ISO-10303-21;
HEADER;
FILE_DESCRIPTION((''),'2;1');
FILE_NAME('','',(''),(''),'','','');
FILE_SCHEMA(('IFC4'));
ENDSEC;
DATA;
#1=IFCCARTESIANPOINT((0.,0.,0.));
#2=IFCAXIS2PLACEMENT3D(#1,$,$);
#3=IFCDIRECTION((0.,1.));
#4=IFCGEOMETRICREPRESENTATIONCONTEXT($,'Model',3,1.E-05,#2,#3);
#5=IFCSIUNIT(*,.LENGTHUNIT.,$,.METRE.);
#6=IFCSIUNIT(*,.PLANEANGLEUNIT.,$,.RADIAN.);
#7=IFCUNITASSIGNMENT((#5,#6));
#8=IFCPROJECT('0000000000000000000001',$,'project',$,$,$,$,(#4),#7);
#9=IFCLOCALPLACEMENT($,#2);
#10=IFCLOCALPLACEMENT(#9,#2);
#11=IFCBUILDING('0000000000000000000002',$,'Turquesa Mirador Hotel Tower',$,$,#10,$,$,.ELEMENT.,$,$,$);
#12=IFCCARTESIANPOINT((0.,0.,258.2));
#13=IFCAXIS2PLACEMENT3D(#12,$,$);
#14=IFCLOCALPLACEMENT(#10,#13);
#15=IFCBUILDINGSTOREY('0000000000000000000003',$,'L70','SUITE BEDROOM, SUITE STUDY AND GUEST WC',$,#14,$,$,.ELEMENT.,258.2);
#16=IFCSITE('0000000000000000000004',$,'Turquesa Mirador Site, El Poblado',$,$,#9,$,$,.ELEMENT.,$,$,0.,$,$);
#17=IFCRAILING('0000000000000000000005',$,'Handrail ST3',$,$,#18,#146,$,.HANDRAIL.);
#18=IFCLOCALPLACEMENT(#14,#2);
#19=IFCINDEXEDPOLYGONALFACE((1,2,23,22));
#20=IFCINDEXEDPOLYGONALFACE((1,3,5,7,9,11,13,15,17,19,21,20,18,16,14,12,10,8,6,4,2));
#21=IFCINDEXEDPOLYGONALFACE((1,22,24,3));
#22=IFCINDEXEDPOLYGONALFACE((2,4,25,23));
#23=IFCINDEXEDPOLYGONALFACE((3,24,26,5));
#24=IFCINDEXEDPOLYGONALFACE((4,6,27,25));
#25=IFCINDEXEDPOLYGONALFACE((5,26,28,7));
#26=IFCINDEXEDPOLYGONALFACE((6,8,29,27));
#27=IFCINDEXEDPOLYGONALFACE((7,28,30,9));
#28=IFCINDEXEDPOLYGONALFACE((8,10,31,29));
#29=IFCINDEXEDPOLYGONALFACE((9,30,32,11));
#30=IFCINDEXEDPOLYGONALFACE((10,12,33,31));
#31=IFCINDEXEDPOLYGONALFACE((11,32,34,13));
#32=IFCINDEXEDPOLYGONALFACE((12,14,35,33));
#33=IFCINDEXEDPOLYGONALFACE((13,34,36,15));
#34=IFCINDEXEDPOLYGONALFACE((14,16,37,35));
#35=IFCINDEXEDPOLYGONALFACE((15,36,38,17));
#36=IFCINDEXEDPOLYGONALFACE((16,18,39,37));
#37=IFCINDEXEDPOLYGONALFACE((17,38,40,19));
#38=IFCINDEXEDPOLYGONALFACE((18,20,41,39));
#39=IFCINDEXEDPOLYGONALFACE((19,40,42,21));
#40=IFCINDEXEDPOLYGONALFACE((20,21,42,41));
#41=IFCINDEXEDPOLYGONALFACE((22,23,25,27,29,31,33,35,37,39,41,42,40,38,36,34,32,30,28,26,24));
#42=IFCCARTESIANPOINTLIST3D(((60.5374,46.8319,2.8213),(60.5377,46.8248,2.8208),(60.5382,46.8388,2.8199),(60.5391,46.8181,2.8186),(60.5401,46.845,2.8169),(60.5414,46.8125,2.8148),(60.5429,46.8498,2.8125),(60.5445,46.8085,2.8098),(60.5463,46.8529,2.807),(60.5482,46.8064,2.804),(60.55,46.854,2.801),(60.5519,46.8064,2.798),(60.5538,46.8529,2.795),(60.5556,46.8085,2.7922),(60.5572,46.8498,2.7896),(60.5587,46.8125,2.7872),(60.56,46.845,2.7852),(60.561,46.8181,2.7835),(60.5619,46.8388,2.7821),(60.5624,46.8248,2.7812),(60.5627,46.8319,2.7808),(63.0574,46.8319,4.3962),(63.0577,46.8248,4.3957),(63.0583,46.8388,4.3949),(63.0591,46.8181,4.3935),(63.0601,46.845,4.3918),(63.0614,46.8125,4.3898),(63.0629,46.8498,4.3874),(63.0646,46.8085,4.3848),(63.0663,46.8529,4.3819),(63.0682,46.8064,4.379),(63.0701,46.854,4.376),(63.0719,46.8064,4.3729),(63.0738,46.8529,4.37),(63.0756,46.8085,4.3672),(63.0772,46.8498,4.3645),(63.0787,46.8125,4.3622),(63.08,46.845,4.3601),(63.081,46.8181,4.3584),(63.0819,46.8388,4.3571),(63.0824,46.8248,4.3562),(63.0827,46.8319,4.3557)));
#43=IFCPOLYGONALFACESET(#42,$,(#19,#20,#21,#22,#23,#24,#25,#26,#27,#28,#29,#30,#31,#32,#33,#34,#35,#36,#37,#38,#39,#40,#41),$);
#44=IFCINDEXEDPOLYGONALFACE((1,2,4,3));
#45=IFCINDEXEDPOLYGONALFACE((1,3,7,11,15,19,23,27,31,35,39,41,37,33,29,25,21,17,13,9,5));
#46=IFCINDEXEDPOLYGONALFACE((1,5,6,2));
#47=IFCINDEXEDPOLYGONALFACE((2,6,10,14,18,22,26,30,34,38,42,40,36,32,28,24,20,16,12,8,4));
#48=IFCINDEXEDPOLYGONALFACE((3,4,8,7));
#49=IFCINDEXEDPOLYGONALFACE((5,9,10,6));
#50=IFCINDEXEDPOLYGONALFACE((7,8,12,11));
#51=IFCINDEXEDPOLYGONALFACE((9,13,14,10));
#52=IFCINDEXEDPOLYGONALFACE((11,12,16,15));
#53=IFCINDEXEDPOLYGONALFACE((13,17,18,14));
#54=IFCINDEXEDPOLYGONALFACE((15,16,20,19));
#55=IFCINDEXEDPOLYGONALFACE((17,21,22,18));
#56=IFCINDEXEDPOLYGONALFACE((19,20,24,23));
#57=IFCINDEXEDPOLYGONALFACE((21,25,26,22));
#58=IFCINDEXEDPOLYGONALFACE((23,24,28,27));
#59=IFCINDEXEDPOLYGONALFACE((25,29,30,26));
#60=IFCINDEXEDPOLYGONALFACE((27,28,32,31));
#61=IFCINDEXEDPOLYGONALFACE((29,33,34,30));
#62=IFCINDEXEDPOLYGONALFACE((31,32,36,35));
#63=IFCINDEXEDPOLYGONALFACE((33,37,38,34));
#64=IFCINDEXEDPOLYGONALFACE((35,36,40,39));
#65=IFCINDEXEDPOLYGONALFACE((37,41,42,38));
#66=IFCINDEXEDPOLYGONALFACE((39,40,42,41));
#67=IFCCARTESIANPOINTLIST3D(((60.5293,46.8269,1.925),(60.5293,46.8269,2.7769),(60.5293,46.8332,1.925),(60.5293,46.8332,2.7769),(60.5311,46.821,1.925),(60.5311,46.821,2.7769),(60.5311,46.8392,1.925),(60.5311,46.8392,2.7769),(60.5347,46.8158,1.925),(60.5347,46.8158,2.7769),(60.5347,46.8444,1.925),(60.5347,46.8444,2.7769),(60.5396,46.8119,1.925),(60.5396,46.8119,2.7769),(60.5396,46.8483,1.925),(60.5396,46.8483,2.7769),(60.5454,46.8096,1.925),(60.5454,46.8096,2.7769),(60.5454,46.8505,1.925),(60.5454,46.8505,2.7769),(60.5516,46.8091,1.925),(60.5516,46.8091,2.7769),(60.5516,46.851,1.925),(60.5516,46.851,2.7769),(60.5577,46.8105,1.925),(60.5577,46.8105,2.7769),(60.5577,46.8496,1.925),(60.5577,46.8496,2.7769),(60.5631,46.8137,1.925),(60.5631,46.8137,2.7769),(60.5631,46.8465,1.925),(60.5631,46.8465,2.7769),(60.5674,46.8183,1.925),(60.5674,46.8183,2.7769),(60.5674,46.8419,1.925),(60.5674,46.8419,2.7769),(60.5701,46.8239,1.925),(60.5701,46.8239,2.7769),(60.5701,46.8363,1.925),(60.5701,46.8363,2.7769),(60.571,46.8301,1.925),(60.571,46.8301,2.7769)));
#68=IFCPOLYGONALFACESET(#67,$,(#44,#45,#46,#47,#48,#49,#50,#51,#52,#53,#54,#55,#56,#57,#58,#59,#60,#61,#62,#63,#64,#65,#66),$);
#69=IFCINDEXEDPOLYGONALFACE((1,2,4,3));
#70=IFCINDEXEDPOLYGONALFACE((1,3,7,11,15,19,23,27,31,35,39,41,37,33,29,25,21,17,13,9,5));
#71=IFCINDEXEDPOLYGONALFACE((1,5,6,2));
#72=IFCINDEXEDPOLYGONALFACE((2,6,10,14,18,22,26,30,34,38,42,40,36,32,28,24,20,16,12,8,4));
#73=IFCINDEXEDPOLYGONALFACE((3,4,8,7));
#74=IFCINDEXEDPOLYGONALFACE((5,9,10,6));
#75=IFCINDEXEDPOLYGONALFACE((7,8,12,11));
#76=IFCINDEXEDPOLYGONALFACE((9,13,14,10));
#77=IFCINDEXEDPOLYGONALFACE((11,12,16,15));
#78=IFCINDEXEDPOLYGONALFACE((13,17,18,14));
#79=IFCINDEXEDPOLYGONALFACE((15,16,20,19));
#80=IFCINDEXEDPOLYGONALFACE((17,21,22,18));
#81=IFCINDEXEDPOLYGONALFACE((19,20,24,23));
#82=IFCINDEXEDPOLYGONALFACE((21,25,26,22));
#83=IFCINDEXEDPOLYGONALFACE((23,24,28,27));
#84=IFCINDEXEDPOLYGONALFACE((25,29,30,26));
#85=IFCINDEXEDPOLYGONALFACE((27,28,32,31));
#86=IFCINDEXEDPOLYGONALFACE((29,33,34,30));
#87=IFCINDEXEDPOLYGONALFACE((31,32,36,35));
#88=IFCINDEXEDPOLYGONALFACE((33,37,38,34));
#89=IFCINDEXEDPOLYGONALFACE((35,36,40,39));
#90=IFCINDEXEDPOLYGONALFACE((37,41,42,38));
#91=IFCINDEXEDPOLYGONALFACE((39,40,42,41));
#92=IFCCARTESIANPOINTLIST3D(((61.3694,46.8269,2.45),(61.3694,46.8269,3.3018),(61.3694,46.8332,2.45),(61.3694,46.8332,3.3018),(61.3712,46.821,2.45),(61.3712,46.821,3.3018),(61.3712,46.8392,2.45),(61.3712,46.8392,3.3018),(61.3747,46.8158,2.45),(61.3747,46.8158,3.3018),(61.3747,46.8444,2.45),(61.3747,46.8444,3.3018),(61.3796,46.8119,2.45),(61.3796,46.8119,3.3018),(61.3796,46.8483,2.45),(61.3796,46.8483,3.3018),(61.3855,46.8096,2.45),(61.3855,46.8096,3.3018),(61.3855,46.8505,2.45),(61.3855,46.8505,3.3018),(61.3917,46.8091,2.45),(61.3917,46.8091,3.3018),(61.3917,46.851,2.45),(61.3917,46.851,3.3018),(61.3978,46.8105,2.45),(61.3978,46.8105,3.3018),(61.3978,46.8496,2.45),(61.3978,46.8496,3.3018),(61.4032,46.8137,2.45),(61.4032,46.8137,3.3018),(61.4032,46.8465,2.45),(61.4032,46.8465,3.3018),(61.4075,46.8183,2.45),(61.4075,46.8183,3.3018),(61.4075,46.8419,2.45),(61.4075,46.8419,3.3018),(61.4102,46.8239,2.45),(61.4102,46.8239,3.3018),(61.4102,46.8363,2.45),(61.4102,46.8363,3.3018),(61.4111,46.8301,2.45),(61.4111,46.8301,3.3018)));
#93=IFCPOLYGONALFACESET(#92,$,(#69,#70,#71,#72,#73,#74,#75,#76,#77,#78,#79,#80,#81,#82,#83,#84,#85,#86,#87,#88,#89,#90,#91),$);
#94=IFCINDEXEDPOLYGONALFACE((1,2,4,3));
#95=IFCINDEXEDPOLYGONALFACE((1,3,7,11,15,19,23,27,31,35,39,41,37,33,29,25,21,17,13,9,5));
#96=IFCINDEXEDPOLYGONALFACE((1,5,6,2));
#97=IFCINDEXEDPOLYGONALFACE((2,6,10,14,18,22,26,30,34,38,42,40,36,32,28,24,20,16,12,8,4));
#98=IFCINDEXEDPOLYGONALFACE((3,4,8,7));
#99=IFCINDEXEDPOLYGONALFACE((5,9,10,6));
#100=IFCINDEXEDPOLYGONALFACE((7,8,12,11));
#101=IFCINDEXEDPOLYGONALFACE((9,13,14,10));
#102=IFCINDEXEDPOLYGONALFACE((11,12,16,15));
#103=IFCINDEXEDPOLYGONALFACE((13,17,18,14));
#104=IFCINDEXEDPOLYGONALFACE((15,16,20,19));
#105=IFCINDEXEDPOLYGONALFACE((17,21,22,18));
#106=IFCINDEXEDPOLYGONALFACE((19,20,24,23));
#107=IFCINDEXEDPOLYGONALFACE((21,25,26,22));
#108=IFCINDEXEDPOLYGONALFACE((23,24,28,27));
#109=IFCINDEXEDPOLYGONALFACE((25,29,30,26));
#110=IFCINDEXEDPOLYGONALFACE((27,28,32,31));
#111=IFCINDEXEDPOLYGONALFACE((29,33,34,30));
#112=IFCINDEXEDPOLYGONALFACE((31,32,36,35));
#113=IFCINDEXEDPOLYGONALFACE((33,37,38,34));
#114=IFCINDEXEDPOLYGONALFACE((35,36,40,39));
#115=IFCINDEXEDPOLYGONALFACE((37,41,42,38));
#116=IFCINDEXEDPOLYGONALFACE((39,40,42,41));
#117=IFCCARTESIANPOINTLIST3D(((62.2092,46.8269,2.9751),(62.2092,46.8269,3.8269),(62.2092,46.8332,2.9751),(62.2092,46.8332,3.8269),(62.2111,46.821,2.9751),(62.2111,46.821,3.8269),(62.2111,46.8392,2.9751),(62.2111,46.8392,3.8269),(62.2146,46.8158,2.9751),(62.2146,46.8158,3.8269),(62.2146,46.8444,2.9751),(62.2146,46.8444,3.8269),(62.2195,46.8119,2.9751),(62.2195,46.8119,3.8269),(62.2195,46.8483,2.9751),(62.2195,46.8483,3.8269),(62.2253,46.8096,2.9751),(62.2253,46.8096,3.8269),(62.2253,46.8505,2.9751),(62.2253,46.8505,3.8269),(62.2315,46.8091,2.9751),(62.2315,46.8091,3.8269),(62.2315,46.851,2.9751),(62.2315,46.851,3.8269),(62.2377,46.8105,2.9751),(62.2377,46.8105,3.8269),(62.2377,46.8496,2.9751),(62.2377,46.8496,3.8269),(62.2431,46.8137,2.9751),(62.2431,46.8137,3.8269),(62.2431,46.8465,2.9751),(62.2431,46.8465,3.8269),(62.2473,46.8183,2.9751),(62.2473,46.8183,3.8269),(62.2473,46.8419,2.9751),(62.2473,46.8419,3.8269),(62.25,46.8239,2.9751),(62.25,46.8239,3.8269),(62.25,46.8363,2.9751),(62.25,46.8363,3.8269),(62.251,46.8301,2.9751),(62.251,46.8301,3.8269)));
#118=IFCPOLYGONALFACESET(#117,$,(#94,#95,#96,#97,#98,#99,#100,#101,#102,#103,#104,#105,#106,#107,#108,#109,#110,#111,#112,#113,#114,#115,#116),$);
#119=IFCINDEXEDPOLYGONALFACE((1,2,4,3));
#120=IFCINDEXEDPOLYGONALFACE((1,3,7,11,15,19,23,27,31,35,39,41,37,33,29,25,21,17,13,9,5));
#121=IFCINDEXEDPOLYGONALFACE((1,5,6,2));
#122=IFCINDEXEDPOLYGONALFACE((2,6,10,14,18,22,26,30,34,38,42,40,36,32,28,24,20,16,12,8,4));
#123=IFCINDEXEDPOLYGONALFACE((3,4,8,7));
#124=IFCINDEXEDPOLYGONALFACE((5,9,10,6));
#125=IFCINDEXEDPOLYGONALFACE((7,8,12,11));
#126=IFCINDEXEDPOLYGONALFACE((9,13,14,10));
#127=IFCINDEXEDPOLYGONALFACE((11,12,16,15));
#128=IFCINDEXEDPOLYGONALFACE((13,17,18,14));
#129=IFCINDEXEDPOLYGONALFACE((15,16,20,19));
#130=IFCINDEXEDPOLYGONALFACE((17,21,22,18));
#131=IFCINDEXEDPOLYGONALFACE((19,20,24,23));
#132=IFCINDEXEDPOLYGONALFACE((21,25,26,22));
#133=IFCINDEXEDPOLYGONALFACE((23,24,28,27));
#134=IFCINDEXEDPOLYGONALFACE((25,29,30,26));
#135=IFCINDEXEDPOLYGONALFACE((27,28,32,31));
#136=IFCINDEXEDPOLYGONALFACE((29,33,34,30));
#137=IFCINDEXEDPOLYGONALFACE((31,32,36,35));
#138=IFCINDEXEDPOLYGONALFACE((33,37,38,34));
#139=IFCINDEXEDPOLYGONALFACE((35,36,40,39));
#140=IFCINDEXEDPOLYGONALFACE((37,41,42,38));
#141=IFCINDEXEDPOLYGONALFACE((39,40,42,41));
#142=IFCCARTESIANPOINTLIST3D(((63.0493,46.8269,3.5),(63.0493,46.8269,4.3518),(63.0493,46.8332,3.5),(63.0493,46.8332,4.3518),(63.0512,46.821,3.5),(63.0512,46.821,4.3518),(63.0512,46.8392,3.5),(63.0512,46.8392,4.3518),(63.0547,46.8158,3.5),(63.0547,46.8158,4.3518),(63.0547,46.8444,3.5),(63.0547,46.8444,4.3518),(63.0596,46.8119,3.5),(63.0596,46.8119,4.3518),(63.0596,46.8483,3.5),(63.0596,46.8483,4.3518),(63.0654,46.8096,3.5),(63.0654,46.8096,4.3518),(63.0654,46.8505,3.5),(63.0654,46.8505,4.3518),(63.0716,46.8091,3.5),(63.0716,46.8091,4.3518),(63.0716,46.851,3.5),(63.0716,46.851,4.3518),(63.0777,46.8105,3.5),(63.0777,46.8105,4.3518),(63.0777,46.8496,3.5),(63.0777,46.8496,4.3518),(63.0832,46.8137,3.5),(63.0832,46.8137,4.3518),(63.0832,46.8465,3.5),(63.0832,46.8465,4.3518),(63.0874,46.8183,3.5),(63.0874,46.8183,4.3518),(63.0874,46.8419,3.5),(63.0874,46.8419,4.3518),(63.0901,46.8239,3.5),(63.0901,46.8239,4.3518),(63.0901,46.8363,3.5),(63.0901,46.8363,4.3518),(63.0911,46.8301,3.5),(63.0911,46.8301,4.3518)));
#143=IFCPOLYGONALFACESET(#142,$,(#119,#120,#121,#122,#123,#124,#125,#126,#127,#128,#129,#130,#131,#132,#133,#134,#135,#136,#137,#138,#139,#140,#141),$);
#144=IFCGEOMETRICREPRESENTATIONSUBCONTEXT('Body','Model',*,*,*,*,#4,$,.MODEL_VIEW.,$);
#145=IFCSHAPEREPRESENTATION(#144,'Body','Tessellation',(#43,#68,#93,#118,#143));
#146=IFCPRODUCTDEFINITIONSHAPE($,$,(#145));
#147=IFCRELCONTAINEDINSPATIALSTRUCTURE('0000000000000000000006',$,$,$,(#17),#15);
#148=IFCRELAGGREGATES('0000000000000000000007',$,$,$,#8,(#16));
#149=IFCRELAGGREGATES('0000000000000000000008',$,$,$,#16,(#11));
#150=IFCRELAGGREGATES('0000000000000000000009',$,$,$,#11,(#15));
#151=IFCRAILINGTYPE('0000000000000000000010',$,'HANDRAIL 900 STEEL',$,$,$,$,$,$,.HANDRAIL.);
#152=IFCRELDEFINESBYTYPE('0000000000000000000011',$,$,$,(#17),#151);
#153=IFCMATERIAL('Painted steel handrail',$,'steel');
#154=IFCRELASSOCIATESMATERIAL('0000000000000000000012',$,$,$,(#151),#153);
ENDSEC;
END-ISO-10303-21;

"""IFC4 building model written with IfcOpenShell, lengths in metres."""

from ifc_helpers import new_model, si_unit, direction, frame, origin, origin_2d, place, context, subcontext, project, spatial, circle, extrude, material, type_object, element, save


model = new_model("IFC4")

# Units and contexts
model_context = context("Model", 3, precision=1e-05, world=origin(), true_north=direction((0.0, 1.0)))
body_context = subcontext(model_context, "Body", "Model", "MODEL_VIEW")
ifc_project = project(units=[si_unit("LENGTHUNIT", "METRE"), si_unit("PLANEANGLEUNIT", "RADIAN")], contexts=[model_context])

# Site, building, storey
site_placement = place(None, origin())
site = spatial("IfcSite", under=ifc_project, at=site_placement, Name="Turquesa Mirador Site, El Poblado", CompositionType="ELEMENT", RefElevation=0.0)
building_placement = place(site_placement, origin())
building = spatial("IfcBuilding", under=site, at=building_placement, Name="Turquesa Mirador Hotel Tower", CompositionType="ELEMENT")
storey_placement = place(building_placement, frame((0.0, 0.0, 258.2)))
storey = spatial("IfcBuildingStorey", under=building, at=storey_placement, Name="L70", Description="SUITE BEDROOM, SUITE STUDY AND GUEST WC", CompositionType="ELEMENT", Elevation=258.2)

# Railing
ifc_material_1 = material(Name="Painted steel handrail", Category="steel")
railing_type = type_object("IfcRailingType", Name="HANDRAIL 900 STEEL", PredefinedType="HANDRAIL", material=ifc_material_1)
railing_1_placement = place(storey_placement, frame((60.55, 46.8301, 1.925)))
element("IfcRailing", 1, at=railing_1_placement, inside=storey, type_object=railing_type, Name="Handrail ST3", PredefinedType="HANDRAIL", context=body_context, shape_type="SweptSolid", body=[
    extrude(circle(Radius=0.0239, at=origin_2d()), frame((0.0, 0.0, 0.876), z_axis=(0.848008, 0.0, 0.529984), x_axis=(0.0, 1.0, 0.0)), (0.0, 0.0, 1.0), 2.9717),
    extrude(circle(Radius=0.021, at=origin_2d()), origin(), (0.0, 0.0, 1.0), 0.8518),
    extrude(circle(Radius=0.021, at=origin_2d()), frame((0.8401, 0.0, 0.5249)), (0.0, 0.0, 1.0), 0.8518),
    extrude(circle(Radius=0.021, at=origin_2d()), frame((1.6799, 0.0, 1.05)), (0.0, 0.0, 1.0), 0.8518),
    extrude(circle(Radius=0.021, at=origin_2d()), frame((2.52, 0.0, 1.575)), (0.0, 0.0, 1.0), 0.8518),
])

save(model, "model.ifc")
